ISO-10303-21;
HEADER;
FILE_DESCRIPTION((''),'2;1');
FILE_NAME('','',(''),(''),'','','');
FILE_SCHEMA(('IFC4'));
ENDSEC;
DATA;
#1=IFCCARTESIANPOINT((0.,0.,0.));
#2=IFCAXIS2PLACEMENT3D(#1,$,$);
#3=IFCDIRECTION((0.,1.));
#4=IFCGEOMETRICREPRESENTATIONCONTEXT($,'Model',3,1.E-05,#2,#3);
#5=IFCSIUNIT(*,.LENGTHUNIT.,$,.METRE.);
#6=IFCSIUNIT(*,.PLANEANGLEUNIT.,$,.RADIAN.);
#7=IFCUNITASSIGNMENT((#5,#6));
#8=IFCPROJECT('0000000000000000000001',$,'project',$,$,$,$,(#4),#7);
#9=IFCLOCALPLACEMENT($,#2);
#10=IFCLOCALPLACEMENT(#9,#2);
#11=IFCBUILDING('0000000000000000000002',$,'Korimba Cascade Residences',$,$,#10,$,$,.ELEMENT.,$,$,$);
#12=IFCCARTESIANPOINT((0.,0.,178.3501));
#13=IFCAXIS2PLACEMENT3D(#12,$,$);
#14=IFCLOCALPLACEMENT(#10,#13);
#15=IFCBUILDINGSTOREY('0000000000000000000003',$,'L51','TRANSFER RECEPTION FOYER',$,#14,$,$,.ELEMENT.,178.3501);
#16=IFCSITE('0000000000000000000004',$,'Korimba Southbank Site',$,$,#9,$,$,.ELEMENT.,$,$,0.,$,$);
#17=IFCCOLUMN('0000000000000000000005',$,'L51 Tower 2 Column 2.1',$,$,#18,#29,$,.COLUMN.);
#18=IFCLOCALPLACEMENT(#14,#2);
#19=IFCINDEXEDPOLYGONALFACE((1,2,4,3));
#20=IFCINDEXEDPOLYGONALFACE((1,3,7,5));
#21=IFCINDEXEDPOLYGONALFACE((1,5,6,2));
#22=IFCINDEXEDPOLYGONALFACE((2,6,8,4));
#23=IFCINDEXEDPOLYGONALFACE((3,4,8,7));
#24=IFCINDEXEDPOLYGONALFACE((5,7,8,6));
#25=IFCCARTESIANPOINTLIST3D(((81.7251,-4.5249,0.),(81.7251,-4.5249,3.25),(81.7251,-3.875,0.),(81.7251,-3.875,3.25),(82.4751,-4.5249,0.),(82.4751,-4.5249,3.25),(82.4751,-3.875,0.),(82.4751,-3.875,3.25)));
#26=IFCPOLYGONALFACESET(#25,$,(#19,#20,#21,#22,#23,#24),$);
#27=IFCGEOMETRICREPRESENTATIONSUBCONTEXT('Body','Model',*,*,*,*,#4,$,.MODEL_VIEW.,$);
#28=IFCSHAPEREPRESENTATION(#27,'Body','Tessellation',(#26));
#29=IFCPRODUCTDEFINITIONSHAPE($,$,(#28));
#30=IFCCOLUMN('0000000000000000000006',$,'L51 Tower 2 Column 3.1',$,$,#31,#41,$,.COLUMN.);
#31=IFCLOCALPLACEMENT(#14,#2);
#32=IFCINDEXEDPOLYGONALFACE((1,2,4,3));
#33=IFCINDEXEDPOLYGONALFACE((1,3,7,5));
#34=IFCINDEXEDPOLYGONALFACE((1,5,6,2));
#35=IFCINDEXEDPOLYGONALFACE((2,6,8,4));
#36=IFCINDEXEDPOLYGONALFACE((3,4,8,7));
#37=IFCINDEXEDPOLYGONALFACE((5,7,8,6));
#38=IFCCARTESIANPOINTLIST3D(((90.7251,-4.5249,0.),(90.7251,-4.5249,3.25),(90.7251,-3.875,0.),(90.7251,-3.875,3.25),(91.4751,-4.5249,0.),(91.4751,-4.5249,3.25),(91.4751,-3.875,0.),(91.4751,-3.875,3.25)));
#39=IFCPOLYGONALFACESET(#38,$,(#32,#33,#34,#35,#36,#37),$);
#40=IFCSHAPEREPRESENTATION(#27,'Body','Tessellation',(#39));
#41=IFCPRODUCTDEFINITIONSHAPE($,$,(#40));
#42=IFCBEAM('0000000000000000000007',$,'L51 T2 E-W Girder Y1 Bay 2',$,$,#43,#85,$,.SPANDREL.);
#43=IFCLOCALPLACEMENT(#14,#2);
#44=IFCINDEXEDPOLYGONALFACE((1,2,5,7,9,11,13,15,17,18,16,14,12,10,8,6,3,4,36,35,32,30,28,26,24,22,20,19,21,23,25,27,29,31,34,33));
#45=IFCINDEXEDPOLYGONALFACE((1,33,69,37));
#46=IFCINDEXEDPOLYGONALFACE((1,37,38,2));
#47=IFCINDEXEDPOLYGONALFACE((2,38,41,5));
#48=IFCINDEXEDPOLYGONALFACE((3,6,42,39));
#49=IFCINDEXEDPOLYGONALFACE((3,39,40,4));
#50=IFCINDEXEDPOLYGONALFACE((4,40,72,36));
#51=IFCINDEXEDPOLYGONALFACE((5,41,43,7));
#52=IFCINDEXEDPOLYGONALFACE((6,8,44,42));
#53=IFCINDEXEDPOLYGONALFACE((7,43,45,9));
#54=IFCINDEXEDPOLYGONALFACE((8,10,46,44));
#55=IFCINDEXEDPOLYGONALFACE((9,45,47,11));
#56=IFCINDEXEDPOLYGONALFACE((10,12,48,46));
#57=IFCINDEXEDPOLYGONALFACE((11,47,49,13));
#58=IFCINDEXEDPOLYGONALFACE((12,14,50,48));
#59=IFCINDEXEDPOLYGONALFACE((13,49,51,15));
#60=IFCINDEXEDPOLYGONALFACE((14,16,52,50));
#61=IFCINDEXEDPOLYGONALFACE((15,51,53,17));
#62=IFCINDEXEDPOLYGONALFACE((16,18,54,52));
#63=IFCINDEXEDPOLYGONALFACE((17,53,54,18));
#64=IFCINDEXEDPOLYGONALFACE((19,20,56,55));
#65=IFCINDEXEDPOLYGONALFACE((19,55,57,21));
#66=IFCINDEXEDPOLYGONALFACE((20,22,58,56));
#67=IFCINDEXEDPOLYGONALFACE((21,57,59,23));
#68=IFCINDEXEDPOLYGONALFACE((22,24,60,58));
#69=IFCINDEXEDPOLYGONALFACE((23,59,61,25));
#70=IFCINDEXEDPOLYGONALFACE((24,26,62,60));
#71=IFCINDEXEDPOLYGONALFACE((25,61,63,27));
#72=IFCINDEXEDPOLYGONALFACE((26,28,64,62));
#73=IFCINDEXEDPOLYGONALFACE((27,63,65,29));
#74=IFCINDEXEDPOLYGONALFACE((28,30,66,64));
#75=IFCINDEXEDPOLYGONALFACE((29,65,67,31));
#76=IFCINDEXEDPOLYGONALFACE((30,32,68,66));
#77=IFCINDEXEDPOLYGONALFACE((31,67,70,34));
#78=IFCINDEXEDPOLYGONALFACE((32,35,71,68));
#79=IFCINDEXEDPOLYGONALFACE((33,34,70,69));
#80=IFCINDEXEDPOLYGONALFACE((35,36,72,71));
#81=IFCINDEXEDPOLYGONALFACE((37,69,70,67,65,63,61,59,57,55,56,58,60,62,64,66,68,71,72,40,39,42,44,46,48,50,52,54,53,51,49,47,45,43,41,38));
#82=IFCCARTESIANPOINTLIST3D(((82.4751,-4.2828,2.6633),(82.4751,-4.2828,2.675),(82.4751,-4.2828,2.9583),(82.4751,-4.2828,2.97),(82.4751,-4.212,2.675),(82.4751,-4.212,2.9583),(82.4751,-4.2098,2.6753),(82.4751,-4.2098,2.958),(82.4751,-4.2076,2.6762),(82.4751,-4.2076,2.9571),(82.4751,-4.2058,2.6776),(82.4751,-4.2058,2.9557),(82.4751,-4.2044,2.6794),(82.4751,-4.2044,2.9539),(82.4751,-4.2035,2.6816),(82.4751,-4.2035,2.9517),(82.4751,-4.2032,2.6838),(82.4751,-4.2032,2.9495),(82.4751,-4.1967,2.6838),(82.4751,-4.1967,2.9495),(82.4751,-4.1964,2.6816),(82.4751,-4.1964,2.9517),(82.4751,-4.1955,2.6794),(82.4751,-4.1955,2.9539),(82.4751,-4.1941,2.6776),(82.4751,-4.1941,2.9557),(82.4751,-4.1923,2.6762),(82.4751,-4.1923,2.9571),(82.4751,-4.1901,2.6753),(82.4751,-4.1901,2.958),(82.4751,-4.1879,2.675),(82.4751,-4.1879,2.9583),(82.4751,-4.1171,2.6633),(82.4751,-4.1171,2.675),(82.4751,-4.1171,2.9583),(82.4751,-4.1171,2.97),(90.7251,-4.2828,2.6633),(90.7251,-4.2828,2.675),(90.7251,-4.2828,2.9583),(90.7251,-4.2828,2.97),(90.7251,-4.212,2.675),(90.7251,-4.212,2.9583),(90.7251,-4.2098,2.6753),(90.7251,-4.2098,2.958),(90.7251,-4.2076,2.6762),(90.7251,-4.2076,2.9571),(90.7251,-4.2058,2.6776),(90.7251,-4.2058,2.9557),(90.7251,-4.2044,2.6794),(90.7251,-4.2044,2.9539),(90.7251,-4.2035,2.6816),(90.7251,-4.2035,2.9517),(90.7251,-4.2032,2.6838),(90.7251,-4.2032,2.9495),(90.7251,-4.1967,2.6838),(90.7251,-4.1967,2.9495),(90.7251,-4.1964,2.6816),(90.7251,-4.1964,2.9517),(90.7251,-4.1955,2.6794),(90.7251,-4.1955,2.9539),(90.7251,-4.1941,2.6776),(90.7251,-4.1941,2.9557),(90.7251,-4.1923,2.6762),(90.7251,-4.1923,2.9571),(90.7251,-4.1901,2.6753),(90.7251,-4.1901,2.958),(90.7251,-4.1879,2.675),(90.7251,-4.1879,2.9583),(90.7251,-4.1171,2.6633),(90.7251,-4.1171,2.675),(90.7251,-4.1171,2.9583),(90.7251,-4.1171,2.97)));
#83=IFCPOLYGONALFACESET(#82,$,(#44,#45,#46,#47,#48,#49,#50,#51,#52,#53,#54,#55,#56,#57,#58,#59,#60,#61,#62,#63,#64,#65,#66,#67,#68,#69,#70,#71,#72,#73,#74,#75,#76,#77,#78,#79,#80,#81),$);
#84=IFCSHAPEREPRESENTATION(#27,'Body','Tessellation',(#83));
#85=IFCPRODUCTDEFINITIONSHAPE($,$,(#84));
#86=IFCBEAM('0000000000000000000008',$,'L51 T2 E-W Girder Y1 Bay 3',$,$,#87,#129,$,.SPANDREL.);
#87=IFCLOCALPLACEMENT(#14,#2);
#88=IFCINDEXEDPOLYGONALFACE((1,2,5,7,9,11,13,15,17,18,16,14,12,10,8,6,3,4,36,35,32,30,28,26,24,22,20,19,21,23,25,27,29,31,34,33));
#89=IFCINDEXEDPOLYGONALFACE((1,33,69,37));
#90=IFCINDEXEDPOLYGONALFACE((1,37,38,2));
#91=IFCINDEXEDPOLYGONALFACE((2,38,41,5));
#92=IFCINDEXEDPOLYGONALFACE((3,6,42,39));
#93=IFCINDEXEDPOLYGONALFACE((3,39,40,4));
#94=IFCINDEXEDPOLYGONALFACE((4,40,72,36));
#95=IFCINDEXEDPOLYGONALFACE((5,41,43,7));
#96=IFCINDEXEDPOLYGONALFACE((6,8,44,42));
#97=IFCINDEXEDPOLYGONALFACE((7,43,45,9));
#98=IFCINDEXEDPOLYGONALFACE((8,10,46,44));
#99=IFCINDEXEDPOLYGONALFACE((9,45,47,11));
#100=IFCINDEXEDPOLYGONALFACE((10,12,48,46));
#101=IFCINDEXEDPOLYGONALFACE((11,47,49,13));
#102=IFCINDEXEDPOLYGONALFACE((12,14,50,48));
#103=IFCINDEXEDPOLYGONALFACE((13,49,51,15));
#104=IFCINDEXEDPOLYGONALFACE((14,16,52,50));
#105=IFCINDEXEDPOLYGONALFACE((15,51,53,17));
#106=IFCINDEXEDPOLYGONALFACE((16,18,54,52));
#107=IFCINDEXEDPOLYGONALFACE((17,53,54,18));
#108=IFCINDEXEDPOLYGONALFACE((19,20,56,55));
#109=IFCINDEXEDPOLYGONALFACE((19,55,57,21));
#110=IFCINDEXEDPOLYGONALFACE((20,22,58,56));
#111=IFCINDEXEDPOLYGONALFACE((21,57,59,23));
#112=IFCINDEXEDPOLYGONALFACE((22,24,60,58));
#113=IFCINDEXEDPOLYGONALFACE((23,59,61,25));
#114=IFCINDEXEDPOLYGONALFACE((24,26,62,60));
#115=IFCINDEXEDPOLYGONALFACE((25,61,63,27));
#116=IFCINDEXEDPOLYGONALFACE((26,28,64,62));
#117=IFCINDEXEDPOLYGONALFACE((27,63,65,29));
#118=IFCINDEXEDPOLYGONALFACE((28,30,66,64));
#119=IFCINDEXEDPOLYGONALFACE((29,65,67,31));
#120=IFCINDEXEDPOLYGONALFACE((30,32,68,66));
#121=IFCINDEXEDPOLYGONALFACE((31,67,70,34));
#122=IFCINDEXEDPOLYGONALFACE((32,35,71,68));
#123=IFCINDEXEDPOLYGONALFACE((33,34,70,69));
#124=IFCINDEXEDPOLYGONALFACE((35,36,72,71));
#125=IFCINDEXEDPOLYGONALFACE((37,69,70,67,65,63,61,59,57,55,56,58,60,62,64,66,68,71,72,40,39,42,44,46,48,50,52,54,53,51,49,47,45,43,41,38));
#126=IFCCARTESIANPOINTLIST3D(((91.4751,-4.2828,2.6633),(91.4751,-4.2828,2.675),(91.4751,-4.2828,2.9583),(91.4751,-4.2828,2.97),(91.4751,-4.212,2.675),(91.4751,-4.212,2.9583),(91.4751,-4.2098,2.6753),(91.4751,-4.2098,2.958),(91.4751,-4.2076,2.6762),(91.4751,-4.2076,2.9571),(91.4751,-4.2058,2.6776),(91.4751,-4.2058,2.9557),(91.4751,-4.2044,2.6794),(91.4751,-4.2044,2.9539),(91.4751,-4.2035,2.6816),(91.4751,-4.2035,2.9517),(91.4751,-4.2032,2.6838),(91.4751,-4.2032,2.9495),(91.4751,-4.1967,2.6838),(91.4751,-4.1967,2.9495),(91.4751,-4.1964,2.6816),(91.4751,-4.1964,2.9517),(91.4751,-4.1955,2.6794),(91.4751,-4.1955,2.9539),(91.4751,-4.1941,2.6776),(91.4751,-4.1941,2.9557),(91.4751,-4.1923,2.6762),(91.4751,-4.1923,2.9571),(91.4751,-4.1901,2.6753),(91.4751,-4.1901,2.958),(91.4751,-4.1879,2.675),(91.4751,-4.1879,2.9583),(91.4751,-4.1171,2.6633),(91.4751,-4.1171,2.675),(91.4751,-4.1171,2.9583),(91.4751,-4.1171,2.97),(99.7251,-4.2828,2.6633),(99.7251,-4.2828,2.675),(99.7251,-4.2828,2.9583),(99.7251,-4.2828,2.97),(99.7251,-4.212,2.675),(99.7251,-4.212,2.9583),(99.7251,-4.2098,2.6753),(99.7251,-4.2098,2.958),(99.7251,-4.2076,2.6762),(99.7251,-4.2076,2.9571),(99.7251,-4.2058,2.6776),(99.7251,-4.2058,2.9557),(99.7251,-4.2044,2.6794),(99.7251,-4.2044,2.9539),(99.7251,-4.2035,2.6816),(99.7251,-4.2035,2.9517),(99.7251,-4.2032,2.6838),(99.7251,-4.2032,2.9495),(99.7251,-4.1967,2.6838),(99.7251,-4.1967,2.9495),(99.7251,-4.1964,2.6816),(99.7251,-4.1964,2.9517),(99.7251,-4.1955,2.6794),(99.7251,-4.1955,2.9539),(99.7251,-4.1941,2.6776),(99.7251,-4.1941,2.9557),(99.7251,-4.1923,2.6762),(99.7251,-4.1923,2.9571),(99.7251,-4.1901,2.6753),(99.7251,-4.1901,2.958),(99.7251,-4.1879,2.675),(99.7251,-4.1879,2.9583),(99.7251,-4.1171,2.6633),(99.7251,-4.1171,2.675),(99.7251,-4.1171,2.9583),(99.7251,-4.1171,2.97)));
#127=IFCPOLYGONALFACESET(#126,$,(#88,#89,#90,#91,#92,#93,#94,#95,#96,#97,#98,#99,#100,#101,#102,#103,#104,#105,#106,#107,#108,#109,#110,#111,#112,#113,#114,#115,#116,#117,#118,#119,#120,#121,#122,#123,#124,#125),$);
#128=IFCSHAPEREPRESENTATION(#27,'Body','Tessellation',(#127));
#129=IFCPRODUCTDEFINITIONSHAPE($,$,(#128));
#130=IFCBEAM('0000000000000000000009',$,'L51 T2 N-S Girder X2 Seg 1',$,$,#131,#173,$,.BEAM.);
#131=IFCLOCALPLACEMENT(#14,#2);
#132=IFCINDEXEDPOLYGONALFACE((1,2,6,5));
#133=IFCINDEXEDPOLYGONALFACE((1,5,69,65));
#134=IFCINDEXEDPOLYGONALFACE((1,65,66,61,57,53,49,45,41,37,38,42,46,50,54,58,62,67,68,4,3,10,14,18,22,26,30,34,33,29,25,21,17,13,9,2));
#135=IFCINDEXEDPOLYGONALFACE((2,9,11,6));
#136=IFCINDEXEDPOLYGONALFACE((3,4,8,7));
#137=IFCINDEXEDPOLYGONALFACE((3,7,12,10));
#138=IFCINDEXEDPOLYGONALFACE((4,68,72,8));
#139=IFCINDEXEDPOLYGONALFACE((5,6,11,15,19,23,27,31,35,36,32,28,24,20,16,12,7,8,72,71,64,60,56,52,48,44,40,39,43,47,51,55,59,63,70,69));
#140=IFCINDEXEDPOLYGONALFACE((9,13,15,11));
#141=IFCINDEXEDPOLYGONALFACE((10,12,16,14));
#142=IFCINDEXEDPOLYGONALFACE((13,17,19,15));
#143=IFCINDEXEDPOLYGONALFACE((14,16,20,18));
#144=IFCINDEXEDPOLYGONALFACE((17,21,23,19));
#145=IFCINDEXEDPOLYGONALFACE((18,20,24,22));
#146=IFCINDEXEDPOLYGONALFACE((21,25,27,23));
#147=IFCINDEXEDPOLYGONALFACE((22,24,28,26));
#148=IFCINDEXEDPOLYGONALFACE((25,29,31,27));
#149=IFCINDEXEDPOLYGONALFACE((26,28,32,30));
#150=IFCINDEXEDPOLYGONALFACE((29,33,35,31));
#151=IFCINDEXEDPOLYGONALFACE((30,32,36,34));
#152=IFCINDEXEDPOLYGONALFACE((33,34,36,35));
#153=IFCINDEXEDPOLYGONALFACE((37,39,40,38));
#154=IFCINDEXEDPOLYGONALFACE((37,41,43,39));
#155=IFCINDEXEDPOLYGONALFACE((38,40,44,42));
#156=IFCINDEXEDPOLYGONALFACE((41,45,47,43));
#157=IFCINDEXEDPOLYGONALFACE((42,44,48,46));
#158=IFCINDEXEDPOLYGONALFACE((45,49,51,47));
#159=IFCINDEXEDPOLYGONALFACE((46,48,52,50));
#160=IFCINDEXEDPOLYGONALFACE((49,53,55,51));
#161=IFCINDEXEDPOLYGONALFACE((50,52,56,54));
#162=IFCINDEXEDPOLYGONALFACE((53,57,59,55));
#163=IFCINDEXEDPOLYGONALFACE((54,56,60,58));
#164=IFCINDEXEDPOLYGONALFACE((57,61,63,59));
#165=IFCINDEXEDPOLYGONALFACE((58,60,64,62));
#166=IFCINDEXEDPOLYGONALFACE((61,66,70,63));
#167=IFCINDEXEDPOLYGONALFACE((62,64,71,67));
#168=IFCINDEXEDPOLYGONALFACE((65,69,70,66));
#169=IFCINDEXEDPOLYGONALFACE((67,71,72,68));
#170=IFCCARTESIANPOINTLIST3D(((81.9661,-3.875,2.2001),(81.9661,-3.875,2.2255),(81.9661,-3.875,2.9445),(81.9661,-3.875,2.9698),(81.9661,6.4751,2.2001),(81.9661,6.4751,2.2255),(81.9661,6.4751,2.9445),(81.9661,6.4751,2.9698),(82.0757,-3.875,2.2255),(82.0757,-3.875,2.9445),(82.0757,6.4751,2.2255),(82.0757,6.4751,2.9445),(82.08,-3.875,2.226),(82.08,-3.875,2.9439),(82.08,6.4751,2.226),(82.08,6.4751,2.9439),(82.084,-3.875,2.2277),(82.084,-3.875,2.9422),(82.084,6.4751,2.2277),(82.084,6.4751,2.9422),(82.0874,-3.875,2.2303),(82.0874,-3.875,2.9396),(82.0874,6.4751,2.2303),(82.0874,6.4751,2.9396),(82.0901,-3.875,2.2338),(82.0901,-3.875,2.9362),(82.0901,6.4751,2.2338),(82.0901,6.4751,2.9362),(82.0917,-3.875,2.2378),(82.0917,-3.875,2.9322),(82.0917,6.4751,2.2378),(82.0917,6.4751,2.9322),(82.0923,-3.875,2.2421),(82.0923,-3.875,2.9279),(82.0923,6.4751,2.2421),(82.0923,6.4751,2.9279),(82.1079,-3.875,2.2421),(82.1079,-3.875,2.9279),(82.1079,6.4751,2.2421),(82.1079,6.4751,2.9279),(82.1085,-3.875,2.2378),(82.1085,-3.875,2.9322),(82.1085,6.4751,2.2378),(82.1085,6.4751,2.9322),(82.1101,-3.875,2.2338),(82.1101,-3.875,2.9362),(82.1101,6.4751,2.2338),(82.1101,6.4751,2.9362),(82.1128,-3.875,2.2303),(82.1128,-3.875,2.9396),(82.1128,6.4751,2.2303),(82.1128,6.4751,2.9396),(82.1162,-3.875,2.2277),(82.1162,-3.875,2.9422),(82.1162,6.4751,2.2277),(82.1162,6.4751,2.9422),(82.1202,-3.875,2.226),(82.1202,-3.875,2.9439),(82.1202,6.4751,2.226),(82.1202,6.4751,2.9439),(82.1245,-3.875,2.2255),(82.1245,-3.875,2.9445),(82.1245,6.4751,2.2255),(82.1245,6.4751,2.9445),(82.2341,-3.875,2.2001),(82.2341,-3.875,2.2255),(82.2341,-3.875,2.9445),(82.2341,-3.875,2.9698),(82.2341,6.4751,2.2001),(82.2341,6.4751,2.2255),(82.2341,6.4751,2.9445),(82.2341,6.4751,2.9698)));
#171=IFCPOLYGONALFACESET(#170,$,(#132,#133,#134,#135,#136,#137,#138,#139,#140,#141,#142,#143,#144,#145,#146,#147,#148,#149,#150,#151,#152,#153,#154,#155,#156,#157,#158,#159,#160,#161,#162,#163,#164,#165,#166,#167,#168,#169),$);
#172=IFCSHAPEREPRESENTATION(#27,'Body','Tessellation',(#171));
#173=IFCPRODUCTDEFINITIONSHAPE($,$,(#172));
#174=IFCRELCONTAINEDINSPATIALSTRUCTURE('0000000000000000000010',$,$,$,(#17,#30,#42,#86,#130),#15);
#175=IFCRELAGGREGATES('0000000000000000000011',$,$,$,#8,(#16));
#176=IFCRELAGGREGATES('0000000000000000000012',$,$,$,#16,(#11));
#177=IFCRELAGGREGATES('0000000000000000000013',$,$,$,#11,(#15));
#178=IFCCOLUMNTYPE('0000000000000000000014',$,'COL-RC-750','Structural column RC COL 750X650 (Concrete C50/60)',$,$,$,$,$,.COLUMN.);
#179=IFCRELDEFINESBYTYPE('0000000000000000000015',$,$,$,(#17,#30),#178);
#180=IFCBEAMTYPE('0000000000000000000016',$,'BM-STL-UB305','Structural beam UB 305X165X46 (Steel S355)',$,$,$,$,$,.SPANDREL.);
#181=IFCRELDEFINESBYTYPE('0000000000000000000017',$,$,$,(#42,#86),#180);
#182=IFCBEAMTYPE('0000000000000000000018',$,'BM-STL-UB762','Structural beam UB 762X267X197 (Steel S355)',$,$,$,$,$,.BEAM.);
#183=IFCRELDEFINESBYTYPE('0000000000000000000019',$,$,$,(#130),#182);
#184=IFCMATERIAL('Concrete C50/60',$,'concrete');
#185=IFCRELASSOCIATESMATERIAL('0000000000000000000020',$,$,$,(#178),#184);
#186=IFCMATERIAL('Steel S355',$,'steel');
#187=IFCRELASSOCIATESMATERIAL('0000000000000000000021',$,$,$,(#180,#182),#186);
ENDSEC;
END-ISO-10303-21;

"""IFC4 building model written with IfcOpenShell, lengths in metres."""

from ifc_helpers import new_model, si_unit, direction, frame, origin, origin_2d, place, context, subcontext, project, spatial, rectangle, i_section, extrude, material, material_profile, profile_set, type_object, element, save


model = new_model("IFC4")

# Units and contexts
model_context = context("Model", 3, precision=1e-05, world=origin(), true_north=direction((0.0, 1.0)))
body_context = subcontext(model_context, "Body", "Model", "MODEL_VIEW")
ifc_project = project(units=[si_unit("LENGTHUNIT", "METRE"), si_unit("PLANEANGLEUNIT", "RADIAN")], contexts=[model_context])

# Site, building, storey
site_placement = place(None, origin())
site = spatial("IfcSite", under=ifc_project, at=site_placement, Name="Korimba Southbank Site", CompositionType="ELEMENT", RefElevation=0.0)
building_placement = place(site_placement, origin())
building = spatial("IfcBuilding", under=site, at=building_placement, Name="Korimba Cascade Residences", CompositionType="ELEMENT")
storey_placement = place(building_placement, frame((0.0, 0.0, 178.3501)))
storey = spatial("IfcBuildingStorey", under=building, at=storey_placement, Name="L51", Description="TRANSFER RECEPTION FOYER", CompositionType="ELEMENT", Elevation=178.3501)

# Columns
ifc_material_1 = material(Name="Concrete C50/60", Category="concrete")
ifc_material_profile_1 = material_profile(ifc_material_1, rectangle(XDim=0.75, YDim=0.6499, at=origin_2d()), Name="Concrete C50/60")
ifc_profile_set_1 = profile_set([ifc_material_profile_1], Name="Concrete C50/60")
column_type = type_object("IfcColumnType", Name="COL-RC-750", Description="Structural column RC COL 750X650 (Concrete C50/60)", PredefinedType="COLUMN", material=ifc_profile_set_1)
for number, where, z_axis, x_axis, name in (
    (1, (82.1001, -4.2, 0.0), (0.0, 0.0, 1.0), (1.0, 0.0, 0.0), "L51 Tower 2 Column 2.1"),
    (2, (91.1001, -4.2, 0.0), (0.0, 0.0, 1.0), (1.0, 0.0, 0.0), "L51 Tower 2 Column 3.1"),
):
    element("IfcColumn", number, at=place(storey_placement, frame(where, z_axis=z_axis, x_axis=x_axis)), inside=storey, type_object=column_type, Name=name, PredefinedType="COLUMN", context=body_context, shape_type="SweptSolid", body=[
        extrude(rectangle(XDim=0.75, YDim=0.6499, at=origin_2d()), origin(), (0.0, 0.0, 1.0), 3.25),
    ])

# Beams
ifc_material_2 = material(Name="Steel S355", Category="steel")
ifc_material_profile_2 = material_profile(ifc_material_2, i_section(OverallWidth=0.1658, OverallDepth=0.3066, WebThickness=0.0066, FlangeThickness=0.0117, FilletRadius=0.0088, at=origin_2d()), Name="Steel S355")
ifc_profile_set_2 = profile_set([ifc_material_profile_2], Name="Steel S355")
beam_type_1 = type_object("IfcBeamType", Name="BM-STL-UB305", Description="Structural beam UB 305X165X46 (Steel S355)", PredefinedType="SPANDREL", material=ifc_profile_set_2)
for number, where, z_axis, x_axis, name in (
    (3, (82.4751, -4.2, 2.8167), (1.0, 0.0, 0.0), (0.0, 1.0, 0.0), "L51 T2 E-W Girder Y1 Bay 2"),
    (4, (91.4751, -4.2, 2.8167), (1.0, 0.0, 0.0), (0.0, 1.0, 0.0), "L51 T2 E-W Girder Y1 Bay 3"),
):
    element("IfcBeam", number, at=place(storey_placement, frame(where, z_axis=z_axis, x_axis=x_axis)), inside=storey, type_object=beam_type_1, Name=name, PredefinedType="SPANDREL", context=body_context, shape_type="SweptSolid", body=[
        extrude(i_section(OverallWidth=0.1658, OverallDepth=0.3066, WebThickness=0.0066, FlangeThickness=0.0117, FilletRadius=0.0088, at=origin_2d()), origin(), (0.0, 0.0, 1.0), 8.25),
    ])
ifc_material_profile_3 = material_profile(ifc_material_2, i_section(OverallWidth=0.2681, OverallDepth=0.7698, WebThickness=0.0156, FlangeThickness=0.0254, FilletRadius=0.0166, at=origin_2d()), Name="Steel S355")
ifc_profile_set_3 = profile_set([ifc_material_profile_3], Name="Steel S355")
beam_type_2 = type_object("IfcBeamType", Name="BM-STL-UB762", Description="Structural beam UB 762X267X197 (Steel S355)", PredefinedType="BEAM", material=ifc_profile_set_3)
for number, where, z_axis, x_axis, name in (
    (5, (82.1001, -3.875, 2.585), (0.0, 1.0, 0.0), (-1.0, 0.0, 0.0), "L51 T2 N-S Girder X2 Seg 1"),
):
    element("IfcBeam", number, at=place(storey_placement, frame(where, z_axis=z_axis, x_axis=x_axis)), inside=storey, type_object=beam_type_2, Name=name, PredefinedType="BEAM", context=body_context, shape_type="SweptSolid", body=[
        extrude(i_section(OverallWidth=0.2681, OverallDepth=0.7698, WebThickness=0.0156, FlangeThickness=0.0254, FilletRadius=0.0166, at=origin_2d()), origin(), (0.0, 0.0, 1.0), 10.3501),
    ])

save(model, "model.ifc")
